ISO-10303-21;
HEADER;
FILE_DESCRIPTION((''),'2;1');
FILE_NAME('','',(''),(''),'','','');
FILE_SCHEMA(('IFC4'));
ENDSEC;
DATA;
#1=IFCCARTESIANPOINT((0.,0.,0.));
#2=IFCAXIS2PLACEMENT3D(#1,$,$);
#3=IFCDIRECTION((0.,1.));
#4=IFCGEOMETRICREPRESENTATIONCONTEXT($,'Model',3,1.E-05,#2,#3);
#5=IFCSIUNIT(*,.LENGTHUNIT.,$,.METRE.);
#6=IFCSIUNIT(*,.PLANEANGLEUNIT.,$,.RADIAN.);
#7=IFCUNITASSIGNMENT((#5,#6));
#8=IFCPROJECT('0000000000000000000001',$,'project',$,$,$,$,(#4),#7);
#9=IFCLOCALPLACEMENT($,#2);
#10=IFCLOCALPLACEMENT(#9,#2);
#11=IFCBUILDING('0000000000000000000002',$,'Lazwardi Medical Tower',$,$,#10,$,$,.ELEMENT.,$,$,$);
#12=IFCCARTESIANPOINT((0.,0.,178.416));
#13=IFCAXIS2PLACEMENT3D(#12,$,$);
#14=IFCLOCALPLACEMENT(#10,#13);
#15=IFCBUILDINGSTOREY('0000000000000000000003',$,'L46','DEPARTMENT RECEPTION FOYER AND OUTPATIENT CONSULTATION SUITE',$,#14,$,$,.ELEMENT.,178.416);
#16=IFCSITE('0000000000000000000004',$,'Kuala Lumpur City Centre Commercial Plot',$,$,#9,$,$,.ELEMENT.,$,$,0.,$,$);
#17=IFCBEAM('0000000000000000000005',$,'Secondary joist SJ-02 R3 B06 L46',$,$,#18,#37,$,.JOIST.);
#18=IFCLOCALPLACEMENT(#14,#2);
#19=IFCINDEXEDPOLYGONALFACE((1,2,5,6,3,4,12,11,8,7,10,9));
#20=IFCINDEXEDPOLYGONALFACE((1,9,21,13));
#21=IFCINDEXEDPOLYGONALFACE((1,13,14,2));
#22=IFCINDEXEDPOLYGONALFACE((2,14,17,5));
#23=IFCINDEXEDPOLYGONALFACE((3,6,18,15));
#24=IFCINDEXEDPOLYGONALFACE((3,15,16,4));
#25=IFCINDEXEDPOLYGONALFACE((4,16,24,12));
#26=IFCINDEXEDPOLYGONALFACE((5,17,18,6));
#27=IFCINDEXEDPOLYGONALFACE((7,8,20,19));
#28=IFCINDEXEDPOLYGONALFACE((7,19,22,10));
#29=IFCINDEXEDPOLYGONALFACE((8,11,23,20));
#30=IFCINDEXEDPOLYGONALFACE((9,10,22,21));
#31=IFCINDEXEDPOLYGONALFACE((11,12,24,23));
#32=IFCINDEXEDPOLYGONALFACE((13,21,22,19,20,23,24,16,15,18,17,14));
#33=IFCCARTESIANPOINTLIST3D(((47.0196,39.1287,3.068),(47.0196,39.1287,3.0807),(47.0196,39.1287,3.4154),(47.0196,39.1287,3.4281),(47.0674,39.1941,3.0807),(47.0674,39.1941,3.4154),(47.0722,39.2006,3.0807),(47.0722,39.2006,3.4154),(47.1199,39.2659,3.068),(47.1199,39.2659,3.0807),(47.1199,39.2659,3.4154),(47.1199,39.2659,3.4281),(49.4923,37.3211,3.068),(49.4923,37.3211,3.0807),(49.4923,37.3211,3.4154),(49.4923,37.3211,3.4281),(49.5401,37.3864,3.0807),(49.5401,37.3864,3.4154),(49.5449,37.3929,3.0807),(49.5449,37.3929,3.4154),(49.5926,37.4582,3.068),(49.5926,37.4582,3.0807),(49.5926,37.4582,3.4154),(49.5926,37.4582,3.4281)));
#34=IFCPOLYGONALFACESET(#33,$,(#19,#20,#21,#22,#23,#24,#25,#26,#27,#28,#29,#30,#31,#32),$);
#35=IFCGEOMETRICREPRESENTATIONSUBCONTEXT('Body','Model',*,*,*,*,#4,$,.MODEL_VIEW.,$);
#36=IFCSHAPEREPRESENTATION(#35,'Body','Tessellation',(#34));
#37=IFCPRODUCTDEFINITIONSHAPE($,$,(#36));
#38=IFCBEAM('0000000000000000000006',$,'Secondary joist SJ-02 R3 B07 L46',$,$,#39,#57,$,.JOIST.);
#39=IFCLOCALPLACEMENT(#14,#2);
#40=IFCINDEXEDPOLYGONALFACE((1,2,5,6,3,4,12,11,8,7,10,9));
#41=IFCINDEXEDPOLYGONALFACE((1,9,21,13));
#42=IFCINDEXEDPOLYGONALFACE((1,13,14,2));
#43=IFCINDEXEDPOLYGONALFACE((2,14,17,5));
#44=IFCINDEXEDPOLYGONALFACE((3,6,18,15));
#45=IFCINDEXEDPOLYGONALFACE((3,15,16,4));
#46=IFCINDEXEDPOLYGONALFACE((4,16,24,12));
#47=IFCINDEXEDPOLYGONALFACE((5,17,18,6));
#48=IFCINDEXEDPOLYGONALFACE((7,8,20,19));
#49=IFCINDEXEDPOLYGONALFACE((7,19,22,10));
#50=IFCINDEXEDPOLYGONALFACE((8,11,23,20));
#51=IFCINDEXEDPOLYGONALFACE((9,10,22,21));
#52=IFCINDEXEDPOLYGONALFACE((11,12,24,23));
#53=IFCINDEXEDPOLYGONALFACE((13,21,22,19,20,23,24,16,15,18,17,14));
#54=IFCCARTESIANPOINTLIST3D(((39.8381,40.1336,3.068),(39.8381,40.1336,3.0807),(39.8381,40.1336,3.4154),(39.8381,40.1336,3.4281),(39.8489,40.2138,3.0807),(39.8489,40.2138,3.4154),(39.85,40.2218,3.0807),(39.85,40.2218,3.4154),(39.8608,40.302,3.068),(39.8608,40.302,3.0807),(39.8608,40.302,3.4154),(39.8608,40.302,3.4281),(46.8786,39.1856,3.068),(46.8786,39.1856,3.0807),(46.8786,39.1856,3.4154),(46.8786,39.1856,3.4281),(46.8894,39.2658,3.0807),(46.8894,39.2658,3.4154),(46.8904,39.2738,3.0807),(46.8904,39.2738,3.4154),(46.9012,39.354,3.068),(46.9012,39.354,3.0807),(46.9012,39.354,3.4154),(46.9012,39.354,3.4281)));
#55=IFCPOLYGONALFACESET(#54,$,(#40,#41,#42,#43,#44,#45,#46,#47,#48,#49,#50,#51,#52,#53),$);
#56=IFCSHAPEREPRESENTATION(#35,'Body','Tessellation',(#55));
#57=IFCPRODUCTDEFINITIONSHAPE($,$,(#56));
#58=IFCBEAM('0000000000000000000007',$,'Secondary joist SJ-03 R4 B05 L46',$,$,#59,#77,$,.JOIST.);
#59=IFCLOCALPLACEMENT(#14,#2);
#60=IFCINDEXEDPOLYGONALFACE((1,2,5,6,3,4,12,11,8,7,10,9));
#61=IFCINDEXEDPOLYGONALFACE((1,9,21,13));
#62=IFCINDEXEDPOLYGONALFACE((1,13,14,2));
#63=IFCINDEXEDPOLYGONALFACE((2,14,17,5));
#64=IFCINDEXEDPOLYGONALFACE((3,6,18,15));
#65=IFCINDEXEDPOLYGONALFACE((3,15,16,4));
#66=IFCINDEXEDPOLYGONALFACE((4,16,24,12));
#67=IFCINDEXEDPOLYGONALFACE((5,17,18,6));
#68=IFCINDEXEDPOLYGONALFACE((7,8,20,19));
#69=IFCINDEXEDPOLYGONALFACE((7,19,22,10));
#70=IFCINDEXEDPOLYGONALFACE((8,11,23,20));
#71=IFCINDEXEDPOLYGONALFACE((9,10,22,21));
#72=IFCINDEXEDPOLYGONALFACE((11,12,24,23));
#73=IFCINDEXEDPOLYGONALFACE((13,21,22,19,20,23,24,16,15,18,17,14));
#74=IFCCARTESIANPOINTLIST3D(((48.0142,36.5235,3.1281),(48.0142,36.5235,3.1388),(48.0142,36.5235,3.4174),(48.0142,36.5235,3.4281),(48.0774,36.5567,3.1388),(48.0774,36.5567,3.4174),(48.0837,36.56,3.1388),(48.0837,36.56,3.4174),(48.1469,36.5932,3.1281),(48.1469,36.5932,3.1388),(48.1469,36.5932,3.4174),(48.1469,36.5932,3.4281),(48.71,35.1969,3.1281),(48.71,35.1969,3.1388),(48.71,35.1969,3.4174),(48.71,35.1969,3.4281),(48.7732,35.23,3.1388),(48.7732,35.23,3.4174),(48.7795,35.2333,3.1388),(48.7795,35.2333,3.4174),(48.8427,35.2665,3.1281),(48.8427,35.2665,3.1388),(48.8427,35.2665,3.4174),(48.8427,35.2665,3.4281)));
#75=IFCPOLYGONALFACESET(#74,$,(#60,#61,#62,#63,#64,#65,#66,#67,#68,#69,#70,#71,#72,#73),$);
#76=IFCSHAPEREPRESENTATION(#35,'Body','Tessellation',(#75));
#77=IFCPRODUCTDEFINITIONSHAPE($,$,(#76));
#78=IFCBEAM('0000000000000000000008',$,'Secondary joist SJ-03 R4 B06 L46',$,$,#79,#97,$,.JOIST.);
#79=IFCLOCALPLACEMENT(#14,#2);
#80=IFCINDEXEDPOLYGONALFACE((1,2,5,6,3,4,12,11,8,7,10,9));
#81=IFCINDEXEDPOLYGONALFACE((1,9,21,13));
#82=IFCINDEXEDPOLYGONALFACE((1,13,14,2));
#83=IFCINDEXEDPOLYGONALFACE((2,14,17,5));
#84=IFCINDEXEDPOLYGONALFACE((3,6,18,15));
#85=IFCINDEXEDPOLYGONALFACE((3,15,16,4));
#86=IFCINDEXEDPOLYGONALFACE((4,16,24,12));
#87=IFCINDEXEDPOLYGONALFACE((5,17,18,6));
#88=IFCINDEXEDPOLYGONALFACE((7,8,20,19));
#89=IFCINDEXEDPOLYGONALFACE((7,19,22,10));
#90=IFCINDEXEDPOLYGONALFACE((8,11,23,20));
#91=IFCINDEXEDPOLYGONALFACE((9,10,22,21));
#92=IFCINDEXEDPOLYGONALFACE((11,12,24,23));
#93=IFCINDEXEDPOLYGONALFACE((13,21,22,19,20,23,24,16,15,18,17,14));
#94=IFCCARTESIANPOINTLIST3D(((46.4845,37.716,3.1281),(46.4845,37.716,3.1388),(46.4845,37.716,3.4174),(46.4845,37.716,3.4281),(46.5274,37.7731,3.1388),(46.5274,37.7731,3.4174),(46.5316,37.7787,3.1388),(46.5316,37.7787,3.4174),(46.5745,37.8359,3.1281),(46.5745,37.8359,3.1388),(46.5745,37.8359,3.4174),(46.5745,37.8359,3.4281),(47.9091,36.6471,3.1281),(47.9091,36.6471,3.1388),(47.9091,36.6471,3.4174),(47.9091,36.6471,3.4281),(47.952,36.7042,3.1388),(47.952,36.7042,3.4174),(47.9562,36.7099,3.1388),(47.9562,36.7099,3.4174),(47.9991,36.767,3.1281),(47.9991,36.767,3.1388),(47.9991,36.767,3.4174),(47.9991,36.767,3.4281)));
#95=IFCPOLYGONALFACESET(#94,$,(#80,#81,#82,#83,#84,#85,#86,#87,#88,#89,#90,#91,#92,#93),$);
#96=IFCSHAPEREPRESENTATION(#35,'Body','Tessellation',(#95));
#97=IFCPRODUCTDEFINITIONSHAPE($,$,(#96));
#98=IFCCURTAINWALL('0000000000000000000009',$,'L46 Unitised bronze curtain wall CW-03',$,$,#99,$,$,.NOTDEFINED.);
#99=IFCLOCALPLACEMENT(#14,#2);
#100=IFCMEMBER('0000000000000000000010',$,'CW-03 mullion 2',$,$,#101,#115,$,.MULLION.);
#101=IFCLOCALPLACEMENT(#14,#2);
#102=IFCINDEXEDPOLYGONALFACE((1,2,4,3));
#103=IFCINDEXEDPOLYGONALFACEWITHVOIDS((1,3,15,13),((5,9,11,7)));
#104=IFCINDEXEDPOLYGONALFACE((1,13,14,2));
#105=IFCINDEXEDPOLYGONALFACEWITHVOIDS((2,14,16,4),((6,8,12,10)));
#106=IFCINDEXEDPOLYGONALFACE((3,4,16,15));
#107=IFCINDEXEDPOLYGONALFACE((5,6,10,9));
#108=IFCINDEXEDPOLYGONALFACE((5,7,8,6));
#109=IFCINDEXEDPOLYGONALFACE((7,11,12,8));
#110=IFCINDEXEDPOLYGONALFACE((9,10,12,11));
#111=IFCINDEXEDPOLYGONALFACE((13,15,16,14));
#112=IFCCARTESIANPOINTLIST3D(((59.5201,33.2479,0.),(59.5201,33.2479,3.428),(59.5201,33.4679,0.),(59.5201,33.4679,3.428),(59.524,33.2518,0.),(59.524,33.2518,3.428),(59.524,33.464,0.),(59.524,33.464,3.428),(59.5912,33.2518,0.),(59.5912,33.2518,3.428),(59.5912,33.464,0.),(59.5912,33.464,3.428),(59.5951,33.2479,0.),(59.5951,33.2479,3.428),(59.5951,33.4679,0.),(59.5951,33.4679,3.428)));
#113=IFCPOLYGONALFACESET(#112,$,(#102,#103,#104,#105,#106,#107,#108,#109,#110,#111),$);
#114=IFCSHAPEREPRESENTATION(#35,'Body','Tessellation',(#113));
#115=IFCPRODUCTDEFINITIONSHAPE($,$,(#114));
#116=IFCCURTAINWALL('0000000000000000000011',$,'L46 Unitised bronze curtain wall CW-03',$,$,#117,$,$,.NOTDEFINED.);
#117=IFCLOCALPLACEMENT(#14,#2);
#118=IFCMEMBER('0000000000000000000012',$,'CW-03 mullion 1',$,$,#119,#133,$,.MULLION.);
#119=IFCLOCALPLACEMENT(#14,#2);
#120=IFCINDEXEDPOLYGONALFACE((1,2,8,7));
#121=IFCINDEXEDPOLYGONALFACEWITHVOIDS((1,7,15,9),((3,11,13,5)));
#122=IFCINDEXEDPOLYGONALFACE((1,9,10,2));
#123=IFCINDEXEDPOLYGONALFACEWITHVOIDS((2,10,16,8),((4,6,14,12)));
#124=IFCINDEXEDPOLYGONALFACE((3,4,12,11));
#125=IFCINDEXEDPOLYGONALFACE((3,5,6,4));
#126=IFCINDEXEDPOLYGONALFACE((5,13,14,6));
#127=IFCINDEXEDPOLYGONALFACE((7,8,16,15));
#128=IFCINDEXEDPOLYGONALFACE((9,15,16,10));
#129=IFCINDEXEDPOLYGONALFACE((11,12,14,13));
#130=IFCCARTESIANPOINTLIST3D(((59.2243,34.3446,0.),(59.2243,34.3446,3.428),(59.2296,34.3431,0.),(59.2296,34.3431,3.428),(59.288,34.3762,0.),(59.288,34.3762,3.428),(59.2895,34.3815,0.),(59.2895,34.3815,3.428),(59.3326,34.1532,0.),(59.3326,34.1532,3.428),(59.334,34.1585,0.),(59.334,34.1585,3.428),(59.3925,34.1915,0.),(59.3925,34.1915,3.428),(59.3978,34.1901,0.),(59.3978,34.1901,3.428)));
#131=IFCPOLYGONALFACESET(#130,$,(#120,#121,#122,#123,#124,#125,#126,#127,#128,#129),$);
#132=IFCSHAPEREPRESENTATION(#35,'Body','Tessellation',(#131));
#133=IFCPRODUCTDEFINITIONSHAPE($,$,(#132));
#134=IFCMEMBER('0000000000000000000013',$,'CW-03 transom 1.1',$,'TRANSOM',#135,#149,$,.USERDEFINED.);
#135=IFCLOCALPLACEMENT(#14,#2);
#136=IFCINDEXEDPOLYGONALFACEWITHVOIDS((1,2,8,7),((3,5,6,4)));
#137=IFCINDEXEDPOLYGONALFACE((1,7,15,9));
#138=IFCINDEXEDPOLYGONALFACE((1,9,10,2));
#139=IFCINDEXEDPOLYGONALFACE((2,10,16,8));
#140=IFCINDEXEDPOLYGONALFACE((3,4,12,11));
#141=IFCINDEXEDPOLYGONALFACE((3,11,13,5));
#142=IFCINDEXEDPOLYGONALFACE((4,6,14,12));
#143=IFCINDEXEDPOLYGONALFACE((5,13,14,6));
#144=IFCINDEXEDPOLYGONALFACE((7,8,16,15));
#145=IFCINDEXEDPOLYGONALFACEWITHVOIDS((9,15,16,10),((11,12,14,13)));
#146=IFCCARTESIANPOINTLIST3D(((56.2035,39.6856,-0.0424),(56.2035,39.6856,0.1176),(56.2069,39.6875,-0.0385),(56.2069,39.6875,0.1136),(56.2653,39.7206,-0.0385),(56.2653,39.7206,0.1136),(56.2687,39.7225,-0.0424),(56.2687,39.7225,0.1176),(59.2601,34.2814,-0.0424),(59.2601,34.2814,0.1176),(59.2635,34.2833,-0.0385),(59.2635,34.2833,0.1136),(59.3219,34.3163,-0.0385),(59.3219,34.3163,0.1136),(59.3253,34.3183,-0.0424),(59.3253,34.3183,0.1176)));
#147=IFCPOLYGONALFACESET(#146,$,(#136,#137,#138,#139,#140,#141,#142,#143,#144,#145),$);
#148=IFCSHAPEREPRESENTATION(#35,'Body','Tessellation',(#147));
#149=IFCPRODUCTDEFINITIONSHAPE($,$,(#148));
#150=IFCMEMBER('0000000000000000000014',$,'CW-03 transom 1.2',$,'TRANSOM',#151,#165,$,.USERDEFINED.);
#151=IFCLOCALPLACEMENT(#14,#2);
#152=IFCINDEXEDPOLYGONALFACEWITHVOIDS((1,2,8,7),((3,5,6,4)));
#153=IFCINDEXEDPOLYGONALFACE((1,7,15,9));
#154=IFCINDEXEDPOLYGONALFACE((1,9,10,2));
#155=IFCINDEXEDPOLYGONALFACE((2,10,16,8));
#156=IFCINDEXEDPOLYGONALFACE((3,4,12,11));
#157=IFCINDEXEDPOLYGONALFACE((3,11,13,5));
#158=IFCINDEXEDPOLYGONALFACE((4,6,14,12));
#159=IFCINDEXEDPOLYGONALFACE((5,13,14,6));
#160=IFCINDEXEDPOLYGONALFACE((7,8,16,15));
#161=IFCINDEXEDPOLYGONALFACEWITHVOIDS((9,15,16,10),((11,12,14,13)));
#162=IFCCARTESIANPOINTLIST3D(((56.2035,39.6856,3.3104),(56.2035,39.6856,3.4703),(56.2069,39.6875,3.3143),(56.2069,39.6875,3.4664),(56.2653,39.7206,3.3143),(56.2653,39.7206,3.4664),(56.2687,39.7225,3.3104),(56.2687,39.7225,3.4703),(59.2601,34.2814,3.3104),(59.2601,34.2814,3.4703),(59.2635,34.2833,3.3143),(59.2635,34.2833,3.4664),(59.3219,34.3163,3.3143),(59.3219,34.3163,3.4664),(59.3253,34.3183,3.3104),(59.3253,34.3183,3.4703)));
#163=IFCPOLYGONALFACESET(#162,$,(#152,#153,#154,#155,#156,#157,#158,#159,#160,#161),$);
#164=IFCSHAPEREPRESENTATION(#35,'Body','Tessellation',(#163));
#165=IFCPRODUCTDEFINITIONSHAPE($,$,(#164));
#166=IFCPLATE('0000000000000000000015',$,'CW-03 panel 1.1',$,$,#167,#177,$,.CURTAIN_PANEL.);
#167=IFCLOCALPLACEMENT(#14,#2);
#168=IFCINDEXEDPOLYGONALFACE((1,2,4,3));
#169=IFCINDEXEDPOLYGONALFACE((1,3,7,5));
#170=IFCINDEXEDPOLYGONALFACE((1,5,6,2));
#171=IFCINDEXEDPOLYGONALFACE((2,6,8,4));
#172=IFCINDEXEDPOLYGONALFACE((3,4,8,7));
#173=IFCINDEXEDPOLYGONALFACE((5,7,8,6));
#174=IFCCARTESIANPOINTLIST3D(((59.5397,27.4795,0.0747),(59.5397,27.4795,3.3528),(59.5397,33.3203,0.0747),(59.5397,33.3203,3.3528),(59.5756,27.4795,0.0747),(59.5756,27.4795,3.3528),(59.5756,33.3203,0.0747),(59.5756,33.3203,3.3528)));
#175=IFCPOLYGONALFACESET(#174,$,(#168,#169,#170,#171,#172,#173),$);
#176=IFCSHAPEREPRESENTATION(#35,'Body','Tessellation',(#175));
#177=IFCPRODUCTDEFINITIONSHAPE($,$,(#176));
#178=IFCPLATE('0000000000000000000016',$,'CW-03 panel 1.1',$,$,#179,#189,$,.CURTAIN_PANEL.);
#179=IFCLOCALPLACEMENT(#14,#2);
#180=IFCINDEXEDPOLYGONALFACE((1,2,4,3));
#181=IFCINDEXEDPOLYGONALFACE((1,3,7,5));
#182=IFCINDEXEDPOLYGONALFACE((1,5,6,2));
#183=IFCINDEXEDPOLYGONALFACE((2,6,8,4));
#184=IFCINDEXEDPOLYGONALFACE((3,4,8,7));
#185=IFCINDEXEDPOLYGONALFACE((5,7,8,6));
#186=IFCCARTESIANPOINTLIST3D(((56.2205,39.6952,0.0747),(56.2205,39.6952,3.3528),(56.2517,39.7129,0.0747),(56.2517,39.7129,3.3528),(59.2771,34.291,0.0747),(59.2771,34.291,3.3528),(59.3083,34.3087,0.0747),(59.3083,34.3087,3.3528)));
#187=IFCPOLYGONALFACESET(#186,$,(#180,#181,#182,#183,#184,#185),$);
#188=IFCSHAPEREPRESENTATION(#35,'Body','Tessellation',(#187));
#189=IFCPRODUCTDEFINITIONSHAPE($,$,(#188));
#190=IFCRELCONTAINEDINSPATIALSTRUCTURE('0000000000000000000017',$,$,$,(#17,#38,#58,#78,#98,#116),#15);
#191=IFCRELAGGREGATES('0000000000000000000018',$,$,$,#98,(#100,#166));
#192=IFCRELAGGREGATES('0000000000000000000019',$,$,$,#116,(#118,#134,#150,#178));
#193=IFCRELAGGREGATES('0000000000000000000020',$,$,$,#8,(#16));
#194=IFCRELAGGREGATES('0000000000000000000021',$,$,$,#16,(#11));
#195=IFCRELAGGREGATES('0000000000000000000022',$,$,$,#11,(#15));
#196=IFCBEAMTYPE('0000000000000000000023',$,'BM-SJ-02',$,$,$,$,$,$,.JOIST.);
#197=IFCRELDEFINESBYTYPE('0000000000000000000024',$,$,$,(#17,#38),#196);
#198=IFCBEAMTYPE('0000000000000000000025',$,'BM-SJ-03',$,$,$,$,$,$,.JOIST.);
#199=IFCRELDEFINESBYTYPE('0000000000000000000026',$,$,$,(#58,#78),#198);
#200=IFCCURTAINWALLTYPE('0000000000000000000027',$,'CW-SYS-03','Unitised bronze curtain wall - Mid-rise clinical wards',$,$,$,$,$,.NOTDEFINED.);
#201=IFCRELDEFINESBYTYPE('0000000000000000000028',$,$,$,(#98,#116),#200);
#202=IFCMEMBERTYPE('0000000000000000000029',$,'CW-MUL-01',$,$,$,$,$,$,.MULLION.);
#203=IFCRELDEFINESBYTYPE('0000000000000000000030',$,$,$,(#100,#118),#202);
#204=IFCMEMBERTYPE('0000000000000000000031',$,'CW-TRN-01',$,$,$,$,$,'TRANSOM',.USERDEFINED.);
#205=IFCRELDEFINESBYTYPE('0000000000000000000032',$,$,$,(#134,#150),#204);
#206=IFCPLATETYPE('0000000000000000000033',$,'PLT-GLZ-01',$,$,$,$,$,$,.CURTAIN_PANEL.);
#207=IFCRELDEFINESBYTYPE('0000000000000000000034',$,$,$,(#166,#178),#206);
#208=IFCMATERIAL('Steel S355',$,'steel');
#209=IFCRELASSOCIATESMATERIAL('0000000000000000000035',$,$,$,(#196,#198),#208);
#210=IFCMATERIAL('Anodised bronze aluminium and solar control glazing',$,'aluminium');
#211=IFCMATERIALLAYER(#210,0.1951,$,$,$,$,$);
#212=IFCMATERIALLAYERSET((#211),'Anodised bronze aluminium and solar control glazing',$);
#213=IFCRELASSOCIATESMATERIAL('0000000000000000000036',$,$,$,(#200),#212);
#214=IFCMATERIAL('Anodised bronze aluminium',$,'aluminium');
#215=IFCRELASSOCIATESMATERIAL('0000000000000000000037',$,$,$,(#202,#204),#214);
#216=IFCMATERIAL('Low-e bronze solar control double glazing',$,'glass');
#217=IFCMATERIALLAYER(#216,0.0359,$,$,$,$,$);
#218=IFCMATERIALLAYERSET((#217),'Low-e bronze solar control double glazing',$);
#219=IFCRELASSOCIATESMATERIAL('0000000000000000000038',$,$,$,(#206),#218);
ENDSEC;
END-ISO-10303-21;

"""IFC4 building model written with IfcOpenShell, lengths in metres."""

from ifc_helpers import new_model, si_unit, direction, frame, origin, origin_2d, place, context, subcontext, project, spatial, rectangle, hollow_rectangle, i_section, extrude, material, layer, layer_set, material_profile, profile_set, type_object, element, aggregate, save


model = new_model("IFC4")

# Units and contexts
model_context = context("Model", 3, precision=1e-05, world=origin(), true_north=direction((0.0, 1.0)))
body_context = subcontext(model_context, "Body", "Model", "MODEL_VIEW")
ifc_project = project(units=[si_unit("LENGTHUNIT", "METRE"), si_unit("PLANEANGLEUNIT", "RADIAN")], contexts=[model_context])

# Site, building, storey
site_placement = place(None, origin())
site = spatial("IfcSite", under=ifc_project, at=site_placement, Name="Kuala Lumpur City Centre Commercial Plot", CompositionType="ELEMENT", RefElevation=0.0)
building_placement = place(site_placement, origin())
building = spatial("IfcBuilding", under=site, at=building_placement, Name="Lazwardi Medical Tower", CompositionType="ELEMENT")
storey_placement = place(building_placement, frame((0.0, 0.0, 178.416)))
storey = spatial("IfcBuildingStorey", under=building, at=storey_placement, Name="L46", Description="DEPARTMENT RECEPTION FOYER AND OUTPATIENT CONSULTATION SUITE", CompositionType="ELEMENT", Elevation=178.416)

# Beams
ifc_material_1 = material(Name="Steel S355", Category="steel")
ifc_material_profile_1 = material_profile(ifc_material_1, i_section(OverallWidth=0.1699, OverallDepth=0.3601, WebThickness=0.0081, FlangeThickness=0.0127, at=origin_2d()), Name="IPE 360")
ifc_profile_set_1 = profile_set([ifc_material_profile_1], Name="Steel S355")
beam_type_1 = type_object("IfcBeamType", Name="BM-SJ-02", PredefinedType="JOIST", material=ifc_profile_set_1)
beam_1_placement = place(storey_placement, frame((49.5425, 37.3896, 3.248), z_axis=(-0.807286, 0.59016, 0.0), x_axis=(-0.59016, -0.807286, 0.0)))
element("IfcBeam", 1, at=beam_1_placement, inside=storey, type_object=beam_type_1, Name="Secondary joist SJ-02 R3 B06 L46", PredefinedType="JOIST", context=body_context, shape_type="SweptSolid", body=[
    extrude(i_section(OverallWidth=0.1699, OverallDepth=0.3601, WebThickness=0.0081, FlangeThickness=0.0127, at=origin_2d()), origin(), (0.0, 0.0, 1.0), 3.063),
])
beam_2_placement = place(storey_placement, frame((46.8899, 39.2698, 3.248), z_axis=(-0.991056, 0.133444, 0.0), x_axis=(-0.133444, -0.991056, 0.0)))
element("IfcBeam", 2, at=beam_2_placement, inside=storey, type_object=beam_type_1, Name="Secondary joist SJ-02 R3 B07 L46", PredefinedType="JOIST", context=body_context, shape_type="SweptSolid", body=[
    extrude(i_section(OverallWidth=0.1699, OverallDepth=0.3601, WebThickness=0.0081, FlangeThickness=0.0127, at=origin_2d()), origin(), (0.0, 0.0, 1.0), 7.104),
])
ifc_material_profile_2 = material_profile(ifc_material_1, i_section(OverallWidth=0.1499, OverallDepth=0.3, WebThickness=0.0071, FlangeThickness=0.0107, at=origin_2d()), Name="IPE 300")
ifc_profile_set_2 = profile_set([ifc_material_profile_2], Name="Steel S355")
beam_type_2 = type_object("IfcBeamType", Name="BM-SJ-03", PredefinedType="JOIST", material=ifc_profile_set_2)
beam_3_placement = place(storey_placement, frame((48.7764, 35.2317, 3.2781), z_axis=(-0.46447, 0.885589, 0.0), x_axis=(-0.885589, -0.46447, 0.0)))
element("IfcBeam", 3, at=beam_3_placement, inside=storey, type_object=beam_type_2, Name="Secondary joist SJ-03 R4 B05 L46", PredefinedType="JOIST", context=body_context, shape_type="SweptSolid", body=[
    extrude(i_section(OverallWidth=0.1499, OverallDepth=0.3, WebThickness=0.0071, FlangeThickness=0.0107, at=origin_2d()), origin(), (0.0, 0.0, 1.0), 1.498),
])
beam_4_placement = place(storey_placement, frame((47.9541, 36.707, 3.2781), z_axis=(-0.799885, 0.600154, 0.0), x_axis=(-0.600154, -0.799885, 0.0)))
element("IfcBeam", 4, at=beam_4_placement, inside=storey, type_object=beam_type_2, Name="Secondary joist SJ-03 R4 B06 L46", PredefinedType="JOIST", context=body_context, shape_type="SweptSolid", body=[
    extrude(i_section(OverallWidth=0.1499, OverallDepth=0.3, WebThickness=0.0071, FlangeThickness=0.0107, at=origin_2d()), origin(), (0.0, 0.0, 1.0), 1.781),
])

# Curtain wall, member
ifc_material_2 = material(Name="Anodised bronze aluminium and solar control glazing", Category="aluminium")
ifc_layer_1 = layer(ifc_material_2, 0.1951)
ifc_layer_set_1 = layer_set([ifc_layer_1], Name="Anodised bronze aluminium and solar control glazing")
curtain_wall_type = type_object("IfcCurtainWallType", Name="CW-SYS-03", Description="Unitised bronze curtain wall - Mid-rise clinical wards", PredefinedType="NOTDEFINED", material=ifc_layer_set_1)
curtain_wall_1_placement = place(storey_placement, origin())
curtain_wall_1 = element("IfcCurtainWall", 5, at=curtain_wall_1_placement, inside=storey, type_object=curtain_wall_type, Name="L46 Unitised bronze curtain wall CW-03", PredefinedType="NOTDEFINED")
ifc_material_3 = material(Name="Anodised bronze aluminium", Category="aluminium")
ifc_material_profile_3 = material_profile(ifc_material_3, hollow_rectangle(XDim=0.075, YDim=0.22, WallThickness=0.0039, at=origin_2d()), Name="ALU-MULLION 220x75x4")
ifc_profile_set_3 = profile_set([ifc_material_profile_3], Name="Anodised bronze aluminium")
member_type_1 = type_object("IfcMemberType", Name="CW-MUL-01", PredefinedType="MULLION", material=ifc_profile_set_3)
member_1_placement = place(storey_placement, frame((59.5576, 33.3579, 0.0), z_axis=(0.0, 0.0, 1.0), x_axis=(-1.0, 0.0, 0.0)))
member_1 = element("IfcMember", 6, at=member_1_placement, type_object=member_type_1, Name="CW-03 mullion 2", PredefinedType="MULLION", context=body_context, shape_type="SweptSolid", body=[
    extrude(hollow_rectangle(XDim=0.075, YDim=0.22, WallThickness=0.0039, at=origin_2d()), origin(), (0.0, 0.0, 1.0), 3.428),
])

# Curtain wall, members
curtain_wall_2_placement = place(storey_placement, origin())
curtain_wall_2 = element("IfcCurtainWall", 7, at=curtain_wall_2_placement, inside=storey, type_object=curtain_wall_type, Name="L46 Unitised bronze curtain wall CW-03", PredefinedType="NOTDEFINED")
member_2_placement = place(storey_placement, frame((59.311, 34.2673, 0.0), z_axis=(0.0, 0.0, 1.0), x_axis=(-0.870419, -0.492312, 0.0)))
member_2 = element("IfcMember", 8, at=member_2_placement, type_object=member_type_1, Name="CW-03 mullion 1", PredefinedType="MULLION", context=body_context, shape_type="SweptSolid", body=[
    extrude(hollow_rectangle(XDim=0.075, YDim=0.22, WallThickness=0.0039, at=origin_2d()), origin(), (0.0, 0.0, 1.0), 3.428),
])
ifc_material_profile_4 = material_profile(ifc_material_3, hollow_rectangle(XDim=0.075, YDim=0.1599, WallThickness=0.0039, at=origin_2d()), Name="ALU-TRANSOM 160x75x4")
ifc_profile_set_4 = profile_set([ifc_material_profile_4], Name="Anodised bronze aluminium")
member_type_2 = type_object("IfcMemberType", Name="CW-TRN-01", ElementType="TRANSOM", PredefinedType="USERDEFINED", material=ifc_profile_set_4)
member_3_placement = place(storey_placement, frame((59.2927, 34.2998, 0.0376), z_axis=(-0.492306, 0.870422, 0.0), x_axis=(-0.870422, -0.492306, 0.0)))
member_3 = element("IfcMember", 9, at=member_3_placement, type_object=member_type_2, Name="CW-03 transom 1.1", ObjectType="TRANSOM", PredefinedType="USERDEFINED", context=body_context, shape_type="SweptSolid", body=[
    extrude(hollow_rectangle(XDim=0.075, YDim=0.1599, WallThickness=0.0039, at=origin_2d()), origin(), (0.0, 0.0, 1.0), 6.2087),
])
member_4_placement = place(storey_placement, frame((59.2927, 34.2998, 3.3904), z_axis=(-0.492306, 0.870422, 0.0), x_axis=(-0.870422, -0.492306, 0.0)))
member_4 = element("IfcMember", 10, at=member_4_placement, type_object=member_type_2, Name="CW-03 transom 1.2", ObjectType="TRANSOM", PredefinedType="USERDEFINED", context=body_context, shape_type="SweptSolid", body=[
    extrude(hollow_rectangle(XDim=0.075, YDim=0.1599, WallThickness=0.0039, at=origin_2d()), origin(), (0.0, 0.0, 1.0), 6.2087),
])

# Plates
ifc_material_4 = material(Name="Low-e bronze solar control double glazing", Category="glass")
ifc_layer_2 = layer(ifc_material_4, 0.0359)
ifc_layer_set_2 = layer_set([ifc_layer_2], Name="Low-e bronze solar control double glazing")
plate_type = type_object("IfcPlateType", Name="PLT-GLZ-01", PredefinedType="CURTAIN_PANEL", material=ifc_layer_set_2)
plate_1_placement = place(storey_placement, frame((59.5576, 30.3999, 0.0747), z_axis=(0.0, 0.0, 1.0), x_axis=(0.0, 1.0, 0.0)))
plate_1 = element("IfcPlate", 11, at=plate_1_placement, type_object=plate_type, Name="CW-03 panel 1.1", PredefinedType="CURTAIN_PANEL", context=body_context, shape_type="SweptSolid", body=[
    extrude(rectangle(XDim=5.8408, YDim=0.0359, at=origin_2d()), origin(), (0.0, 0.0, 1.0), 3.2781),
])
aggregate(curtain_wall_1, [member_1, plate_1])
plate_2_placement = place(storey_placement, frame((57.7644, 37.002, 0.0747), z_axis=(0.0, 0.0, 1.0), x_axis=(-0.492312, 0.870419, 0.0)))
plate_2 = element("IfcPlate", 12, at=plate_2_placement, type_object=plate_type, Name="CW-03 panel 1.1", PredefinedType="CURTAIN_PANEL", context=body_context, shape_type="SweptSolid", body=[
    extrude(rectangle(XDim=6.2087, YDim=0.0359, at=origin_2d()), origin(), (0.0, 0.0, 1.0), 3.2781),
])
aggregate(curtain_wall_2, [member_2, member_3, member_4, plate_2])

save(model, "model.ifc")
